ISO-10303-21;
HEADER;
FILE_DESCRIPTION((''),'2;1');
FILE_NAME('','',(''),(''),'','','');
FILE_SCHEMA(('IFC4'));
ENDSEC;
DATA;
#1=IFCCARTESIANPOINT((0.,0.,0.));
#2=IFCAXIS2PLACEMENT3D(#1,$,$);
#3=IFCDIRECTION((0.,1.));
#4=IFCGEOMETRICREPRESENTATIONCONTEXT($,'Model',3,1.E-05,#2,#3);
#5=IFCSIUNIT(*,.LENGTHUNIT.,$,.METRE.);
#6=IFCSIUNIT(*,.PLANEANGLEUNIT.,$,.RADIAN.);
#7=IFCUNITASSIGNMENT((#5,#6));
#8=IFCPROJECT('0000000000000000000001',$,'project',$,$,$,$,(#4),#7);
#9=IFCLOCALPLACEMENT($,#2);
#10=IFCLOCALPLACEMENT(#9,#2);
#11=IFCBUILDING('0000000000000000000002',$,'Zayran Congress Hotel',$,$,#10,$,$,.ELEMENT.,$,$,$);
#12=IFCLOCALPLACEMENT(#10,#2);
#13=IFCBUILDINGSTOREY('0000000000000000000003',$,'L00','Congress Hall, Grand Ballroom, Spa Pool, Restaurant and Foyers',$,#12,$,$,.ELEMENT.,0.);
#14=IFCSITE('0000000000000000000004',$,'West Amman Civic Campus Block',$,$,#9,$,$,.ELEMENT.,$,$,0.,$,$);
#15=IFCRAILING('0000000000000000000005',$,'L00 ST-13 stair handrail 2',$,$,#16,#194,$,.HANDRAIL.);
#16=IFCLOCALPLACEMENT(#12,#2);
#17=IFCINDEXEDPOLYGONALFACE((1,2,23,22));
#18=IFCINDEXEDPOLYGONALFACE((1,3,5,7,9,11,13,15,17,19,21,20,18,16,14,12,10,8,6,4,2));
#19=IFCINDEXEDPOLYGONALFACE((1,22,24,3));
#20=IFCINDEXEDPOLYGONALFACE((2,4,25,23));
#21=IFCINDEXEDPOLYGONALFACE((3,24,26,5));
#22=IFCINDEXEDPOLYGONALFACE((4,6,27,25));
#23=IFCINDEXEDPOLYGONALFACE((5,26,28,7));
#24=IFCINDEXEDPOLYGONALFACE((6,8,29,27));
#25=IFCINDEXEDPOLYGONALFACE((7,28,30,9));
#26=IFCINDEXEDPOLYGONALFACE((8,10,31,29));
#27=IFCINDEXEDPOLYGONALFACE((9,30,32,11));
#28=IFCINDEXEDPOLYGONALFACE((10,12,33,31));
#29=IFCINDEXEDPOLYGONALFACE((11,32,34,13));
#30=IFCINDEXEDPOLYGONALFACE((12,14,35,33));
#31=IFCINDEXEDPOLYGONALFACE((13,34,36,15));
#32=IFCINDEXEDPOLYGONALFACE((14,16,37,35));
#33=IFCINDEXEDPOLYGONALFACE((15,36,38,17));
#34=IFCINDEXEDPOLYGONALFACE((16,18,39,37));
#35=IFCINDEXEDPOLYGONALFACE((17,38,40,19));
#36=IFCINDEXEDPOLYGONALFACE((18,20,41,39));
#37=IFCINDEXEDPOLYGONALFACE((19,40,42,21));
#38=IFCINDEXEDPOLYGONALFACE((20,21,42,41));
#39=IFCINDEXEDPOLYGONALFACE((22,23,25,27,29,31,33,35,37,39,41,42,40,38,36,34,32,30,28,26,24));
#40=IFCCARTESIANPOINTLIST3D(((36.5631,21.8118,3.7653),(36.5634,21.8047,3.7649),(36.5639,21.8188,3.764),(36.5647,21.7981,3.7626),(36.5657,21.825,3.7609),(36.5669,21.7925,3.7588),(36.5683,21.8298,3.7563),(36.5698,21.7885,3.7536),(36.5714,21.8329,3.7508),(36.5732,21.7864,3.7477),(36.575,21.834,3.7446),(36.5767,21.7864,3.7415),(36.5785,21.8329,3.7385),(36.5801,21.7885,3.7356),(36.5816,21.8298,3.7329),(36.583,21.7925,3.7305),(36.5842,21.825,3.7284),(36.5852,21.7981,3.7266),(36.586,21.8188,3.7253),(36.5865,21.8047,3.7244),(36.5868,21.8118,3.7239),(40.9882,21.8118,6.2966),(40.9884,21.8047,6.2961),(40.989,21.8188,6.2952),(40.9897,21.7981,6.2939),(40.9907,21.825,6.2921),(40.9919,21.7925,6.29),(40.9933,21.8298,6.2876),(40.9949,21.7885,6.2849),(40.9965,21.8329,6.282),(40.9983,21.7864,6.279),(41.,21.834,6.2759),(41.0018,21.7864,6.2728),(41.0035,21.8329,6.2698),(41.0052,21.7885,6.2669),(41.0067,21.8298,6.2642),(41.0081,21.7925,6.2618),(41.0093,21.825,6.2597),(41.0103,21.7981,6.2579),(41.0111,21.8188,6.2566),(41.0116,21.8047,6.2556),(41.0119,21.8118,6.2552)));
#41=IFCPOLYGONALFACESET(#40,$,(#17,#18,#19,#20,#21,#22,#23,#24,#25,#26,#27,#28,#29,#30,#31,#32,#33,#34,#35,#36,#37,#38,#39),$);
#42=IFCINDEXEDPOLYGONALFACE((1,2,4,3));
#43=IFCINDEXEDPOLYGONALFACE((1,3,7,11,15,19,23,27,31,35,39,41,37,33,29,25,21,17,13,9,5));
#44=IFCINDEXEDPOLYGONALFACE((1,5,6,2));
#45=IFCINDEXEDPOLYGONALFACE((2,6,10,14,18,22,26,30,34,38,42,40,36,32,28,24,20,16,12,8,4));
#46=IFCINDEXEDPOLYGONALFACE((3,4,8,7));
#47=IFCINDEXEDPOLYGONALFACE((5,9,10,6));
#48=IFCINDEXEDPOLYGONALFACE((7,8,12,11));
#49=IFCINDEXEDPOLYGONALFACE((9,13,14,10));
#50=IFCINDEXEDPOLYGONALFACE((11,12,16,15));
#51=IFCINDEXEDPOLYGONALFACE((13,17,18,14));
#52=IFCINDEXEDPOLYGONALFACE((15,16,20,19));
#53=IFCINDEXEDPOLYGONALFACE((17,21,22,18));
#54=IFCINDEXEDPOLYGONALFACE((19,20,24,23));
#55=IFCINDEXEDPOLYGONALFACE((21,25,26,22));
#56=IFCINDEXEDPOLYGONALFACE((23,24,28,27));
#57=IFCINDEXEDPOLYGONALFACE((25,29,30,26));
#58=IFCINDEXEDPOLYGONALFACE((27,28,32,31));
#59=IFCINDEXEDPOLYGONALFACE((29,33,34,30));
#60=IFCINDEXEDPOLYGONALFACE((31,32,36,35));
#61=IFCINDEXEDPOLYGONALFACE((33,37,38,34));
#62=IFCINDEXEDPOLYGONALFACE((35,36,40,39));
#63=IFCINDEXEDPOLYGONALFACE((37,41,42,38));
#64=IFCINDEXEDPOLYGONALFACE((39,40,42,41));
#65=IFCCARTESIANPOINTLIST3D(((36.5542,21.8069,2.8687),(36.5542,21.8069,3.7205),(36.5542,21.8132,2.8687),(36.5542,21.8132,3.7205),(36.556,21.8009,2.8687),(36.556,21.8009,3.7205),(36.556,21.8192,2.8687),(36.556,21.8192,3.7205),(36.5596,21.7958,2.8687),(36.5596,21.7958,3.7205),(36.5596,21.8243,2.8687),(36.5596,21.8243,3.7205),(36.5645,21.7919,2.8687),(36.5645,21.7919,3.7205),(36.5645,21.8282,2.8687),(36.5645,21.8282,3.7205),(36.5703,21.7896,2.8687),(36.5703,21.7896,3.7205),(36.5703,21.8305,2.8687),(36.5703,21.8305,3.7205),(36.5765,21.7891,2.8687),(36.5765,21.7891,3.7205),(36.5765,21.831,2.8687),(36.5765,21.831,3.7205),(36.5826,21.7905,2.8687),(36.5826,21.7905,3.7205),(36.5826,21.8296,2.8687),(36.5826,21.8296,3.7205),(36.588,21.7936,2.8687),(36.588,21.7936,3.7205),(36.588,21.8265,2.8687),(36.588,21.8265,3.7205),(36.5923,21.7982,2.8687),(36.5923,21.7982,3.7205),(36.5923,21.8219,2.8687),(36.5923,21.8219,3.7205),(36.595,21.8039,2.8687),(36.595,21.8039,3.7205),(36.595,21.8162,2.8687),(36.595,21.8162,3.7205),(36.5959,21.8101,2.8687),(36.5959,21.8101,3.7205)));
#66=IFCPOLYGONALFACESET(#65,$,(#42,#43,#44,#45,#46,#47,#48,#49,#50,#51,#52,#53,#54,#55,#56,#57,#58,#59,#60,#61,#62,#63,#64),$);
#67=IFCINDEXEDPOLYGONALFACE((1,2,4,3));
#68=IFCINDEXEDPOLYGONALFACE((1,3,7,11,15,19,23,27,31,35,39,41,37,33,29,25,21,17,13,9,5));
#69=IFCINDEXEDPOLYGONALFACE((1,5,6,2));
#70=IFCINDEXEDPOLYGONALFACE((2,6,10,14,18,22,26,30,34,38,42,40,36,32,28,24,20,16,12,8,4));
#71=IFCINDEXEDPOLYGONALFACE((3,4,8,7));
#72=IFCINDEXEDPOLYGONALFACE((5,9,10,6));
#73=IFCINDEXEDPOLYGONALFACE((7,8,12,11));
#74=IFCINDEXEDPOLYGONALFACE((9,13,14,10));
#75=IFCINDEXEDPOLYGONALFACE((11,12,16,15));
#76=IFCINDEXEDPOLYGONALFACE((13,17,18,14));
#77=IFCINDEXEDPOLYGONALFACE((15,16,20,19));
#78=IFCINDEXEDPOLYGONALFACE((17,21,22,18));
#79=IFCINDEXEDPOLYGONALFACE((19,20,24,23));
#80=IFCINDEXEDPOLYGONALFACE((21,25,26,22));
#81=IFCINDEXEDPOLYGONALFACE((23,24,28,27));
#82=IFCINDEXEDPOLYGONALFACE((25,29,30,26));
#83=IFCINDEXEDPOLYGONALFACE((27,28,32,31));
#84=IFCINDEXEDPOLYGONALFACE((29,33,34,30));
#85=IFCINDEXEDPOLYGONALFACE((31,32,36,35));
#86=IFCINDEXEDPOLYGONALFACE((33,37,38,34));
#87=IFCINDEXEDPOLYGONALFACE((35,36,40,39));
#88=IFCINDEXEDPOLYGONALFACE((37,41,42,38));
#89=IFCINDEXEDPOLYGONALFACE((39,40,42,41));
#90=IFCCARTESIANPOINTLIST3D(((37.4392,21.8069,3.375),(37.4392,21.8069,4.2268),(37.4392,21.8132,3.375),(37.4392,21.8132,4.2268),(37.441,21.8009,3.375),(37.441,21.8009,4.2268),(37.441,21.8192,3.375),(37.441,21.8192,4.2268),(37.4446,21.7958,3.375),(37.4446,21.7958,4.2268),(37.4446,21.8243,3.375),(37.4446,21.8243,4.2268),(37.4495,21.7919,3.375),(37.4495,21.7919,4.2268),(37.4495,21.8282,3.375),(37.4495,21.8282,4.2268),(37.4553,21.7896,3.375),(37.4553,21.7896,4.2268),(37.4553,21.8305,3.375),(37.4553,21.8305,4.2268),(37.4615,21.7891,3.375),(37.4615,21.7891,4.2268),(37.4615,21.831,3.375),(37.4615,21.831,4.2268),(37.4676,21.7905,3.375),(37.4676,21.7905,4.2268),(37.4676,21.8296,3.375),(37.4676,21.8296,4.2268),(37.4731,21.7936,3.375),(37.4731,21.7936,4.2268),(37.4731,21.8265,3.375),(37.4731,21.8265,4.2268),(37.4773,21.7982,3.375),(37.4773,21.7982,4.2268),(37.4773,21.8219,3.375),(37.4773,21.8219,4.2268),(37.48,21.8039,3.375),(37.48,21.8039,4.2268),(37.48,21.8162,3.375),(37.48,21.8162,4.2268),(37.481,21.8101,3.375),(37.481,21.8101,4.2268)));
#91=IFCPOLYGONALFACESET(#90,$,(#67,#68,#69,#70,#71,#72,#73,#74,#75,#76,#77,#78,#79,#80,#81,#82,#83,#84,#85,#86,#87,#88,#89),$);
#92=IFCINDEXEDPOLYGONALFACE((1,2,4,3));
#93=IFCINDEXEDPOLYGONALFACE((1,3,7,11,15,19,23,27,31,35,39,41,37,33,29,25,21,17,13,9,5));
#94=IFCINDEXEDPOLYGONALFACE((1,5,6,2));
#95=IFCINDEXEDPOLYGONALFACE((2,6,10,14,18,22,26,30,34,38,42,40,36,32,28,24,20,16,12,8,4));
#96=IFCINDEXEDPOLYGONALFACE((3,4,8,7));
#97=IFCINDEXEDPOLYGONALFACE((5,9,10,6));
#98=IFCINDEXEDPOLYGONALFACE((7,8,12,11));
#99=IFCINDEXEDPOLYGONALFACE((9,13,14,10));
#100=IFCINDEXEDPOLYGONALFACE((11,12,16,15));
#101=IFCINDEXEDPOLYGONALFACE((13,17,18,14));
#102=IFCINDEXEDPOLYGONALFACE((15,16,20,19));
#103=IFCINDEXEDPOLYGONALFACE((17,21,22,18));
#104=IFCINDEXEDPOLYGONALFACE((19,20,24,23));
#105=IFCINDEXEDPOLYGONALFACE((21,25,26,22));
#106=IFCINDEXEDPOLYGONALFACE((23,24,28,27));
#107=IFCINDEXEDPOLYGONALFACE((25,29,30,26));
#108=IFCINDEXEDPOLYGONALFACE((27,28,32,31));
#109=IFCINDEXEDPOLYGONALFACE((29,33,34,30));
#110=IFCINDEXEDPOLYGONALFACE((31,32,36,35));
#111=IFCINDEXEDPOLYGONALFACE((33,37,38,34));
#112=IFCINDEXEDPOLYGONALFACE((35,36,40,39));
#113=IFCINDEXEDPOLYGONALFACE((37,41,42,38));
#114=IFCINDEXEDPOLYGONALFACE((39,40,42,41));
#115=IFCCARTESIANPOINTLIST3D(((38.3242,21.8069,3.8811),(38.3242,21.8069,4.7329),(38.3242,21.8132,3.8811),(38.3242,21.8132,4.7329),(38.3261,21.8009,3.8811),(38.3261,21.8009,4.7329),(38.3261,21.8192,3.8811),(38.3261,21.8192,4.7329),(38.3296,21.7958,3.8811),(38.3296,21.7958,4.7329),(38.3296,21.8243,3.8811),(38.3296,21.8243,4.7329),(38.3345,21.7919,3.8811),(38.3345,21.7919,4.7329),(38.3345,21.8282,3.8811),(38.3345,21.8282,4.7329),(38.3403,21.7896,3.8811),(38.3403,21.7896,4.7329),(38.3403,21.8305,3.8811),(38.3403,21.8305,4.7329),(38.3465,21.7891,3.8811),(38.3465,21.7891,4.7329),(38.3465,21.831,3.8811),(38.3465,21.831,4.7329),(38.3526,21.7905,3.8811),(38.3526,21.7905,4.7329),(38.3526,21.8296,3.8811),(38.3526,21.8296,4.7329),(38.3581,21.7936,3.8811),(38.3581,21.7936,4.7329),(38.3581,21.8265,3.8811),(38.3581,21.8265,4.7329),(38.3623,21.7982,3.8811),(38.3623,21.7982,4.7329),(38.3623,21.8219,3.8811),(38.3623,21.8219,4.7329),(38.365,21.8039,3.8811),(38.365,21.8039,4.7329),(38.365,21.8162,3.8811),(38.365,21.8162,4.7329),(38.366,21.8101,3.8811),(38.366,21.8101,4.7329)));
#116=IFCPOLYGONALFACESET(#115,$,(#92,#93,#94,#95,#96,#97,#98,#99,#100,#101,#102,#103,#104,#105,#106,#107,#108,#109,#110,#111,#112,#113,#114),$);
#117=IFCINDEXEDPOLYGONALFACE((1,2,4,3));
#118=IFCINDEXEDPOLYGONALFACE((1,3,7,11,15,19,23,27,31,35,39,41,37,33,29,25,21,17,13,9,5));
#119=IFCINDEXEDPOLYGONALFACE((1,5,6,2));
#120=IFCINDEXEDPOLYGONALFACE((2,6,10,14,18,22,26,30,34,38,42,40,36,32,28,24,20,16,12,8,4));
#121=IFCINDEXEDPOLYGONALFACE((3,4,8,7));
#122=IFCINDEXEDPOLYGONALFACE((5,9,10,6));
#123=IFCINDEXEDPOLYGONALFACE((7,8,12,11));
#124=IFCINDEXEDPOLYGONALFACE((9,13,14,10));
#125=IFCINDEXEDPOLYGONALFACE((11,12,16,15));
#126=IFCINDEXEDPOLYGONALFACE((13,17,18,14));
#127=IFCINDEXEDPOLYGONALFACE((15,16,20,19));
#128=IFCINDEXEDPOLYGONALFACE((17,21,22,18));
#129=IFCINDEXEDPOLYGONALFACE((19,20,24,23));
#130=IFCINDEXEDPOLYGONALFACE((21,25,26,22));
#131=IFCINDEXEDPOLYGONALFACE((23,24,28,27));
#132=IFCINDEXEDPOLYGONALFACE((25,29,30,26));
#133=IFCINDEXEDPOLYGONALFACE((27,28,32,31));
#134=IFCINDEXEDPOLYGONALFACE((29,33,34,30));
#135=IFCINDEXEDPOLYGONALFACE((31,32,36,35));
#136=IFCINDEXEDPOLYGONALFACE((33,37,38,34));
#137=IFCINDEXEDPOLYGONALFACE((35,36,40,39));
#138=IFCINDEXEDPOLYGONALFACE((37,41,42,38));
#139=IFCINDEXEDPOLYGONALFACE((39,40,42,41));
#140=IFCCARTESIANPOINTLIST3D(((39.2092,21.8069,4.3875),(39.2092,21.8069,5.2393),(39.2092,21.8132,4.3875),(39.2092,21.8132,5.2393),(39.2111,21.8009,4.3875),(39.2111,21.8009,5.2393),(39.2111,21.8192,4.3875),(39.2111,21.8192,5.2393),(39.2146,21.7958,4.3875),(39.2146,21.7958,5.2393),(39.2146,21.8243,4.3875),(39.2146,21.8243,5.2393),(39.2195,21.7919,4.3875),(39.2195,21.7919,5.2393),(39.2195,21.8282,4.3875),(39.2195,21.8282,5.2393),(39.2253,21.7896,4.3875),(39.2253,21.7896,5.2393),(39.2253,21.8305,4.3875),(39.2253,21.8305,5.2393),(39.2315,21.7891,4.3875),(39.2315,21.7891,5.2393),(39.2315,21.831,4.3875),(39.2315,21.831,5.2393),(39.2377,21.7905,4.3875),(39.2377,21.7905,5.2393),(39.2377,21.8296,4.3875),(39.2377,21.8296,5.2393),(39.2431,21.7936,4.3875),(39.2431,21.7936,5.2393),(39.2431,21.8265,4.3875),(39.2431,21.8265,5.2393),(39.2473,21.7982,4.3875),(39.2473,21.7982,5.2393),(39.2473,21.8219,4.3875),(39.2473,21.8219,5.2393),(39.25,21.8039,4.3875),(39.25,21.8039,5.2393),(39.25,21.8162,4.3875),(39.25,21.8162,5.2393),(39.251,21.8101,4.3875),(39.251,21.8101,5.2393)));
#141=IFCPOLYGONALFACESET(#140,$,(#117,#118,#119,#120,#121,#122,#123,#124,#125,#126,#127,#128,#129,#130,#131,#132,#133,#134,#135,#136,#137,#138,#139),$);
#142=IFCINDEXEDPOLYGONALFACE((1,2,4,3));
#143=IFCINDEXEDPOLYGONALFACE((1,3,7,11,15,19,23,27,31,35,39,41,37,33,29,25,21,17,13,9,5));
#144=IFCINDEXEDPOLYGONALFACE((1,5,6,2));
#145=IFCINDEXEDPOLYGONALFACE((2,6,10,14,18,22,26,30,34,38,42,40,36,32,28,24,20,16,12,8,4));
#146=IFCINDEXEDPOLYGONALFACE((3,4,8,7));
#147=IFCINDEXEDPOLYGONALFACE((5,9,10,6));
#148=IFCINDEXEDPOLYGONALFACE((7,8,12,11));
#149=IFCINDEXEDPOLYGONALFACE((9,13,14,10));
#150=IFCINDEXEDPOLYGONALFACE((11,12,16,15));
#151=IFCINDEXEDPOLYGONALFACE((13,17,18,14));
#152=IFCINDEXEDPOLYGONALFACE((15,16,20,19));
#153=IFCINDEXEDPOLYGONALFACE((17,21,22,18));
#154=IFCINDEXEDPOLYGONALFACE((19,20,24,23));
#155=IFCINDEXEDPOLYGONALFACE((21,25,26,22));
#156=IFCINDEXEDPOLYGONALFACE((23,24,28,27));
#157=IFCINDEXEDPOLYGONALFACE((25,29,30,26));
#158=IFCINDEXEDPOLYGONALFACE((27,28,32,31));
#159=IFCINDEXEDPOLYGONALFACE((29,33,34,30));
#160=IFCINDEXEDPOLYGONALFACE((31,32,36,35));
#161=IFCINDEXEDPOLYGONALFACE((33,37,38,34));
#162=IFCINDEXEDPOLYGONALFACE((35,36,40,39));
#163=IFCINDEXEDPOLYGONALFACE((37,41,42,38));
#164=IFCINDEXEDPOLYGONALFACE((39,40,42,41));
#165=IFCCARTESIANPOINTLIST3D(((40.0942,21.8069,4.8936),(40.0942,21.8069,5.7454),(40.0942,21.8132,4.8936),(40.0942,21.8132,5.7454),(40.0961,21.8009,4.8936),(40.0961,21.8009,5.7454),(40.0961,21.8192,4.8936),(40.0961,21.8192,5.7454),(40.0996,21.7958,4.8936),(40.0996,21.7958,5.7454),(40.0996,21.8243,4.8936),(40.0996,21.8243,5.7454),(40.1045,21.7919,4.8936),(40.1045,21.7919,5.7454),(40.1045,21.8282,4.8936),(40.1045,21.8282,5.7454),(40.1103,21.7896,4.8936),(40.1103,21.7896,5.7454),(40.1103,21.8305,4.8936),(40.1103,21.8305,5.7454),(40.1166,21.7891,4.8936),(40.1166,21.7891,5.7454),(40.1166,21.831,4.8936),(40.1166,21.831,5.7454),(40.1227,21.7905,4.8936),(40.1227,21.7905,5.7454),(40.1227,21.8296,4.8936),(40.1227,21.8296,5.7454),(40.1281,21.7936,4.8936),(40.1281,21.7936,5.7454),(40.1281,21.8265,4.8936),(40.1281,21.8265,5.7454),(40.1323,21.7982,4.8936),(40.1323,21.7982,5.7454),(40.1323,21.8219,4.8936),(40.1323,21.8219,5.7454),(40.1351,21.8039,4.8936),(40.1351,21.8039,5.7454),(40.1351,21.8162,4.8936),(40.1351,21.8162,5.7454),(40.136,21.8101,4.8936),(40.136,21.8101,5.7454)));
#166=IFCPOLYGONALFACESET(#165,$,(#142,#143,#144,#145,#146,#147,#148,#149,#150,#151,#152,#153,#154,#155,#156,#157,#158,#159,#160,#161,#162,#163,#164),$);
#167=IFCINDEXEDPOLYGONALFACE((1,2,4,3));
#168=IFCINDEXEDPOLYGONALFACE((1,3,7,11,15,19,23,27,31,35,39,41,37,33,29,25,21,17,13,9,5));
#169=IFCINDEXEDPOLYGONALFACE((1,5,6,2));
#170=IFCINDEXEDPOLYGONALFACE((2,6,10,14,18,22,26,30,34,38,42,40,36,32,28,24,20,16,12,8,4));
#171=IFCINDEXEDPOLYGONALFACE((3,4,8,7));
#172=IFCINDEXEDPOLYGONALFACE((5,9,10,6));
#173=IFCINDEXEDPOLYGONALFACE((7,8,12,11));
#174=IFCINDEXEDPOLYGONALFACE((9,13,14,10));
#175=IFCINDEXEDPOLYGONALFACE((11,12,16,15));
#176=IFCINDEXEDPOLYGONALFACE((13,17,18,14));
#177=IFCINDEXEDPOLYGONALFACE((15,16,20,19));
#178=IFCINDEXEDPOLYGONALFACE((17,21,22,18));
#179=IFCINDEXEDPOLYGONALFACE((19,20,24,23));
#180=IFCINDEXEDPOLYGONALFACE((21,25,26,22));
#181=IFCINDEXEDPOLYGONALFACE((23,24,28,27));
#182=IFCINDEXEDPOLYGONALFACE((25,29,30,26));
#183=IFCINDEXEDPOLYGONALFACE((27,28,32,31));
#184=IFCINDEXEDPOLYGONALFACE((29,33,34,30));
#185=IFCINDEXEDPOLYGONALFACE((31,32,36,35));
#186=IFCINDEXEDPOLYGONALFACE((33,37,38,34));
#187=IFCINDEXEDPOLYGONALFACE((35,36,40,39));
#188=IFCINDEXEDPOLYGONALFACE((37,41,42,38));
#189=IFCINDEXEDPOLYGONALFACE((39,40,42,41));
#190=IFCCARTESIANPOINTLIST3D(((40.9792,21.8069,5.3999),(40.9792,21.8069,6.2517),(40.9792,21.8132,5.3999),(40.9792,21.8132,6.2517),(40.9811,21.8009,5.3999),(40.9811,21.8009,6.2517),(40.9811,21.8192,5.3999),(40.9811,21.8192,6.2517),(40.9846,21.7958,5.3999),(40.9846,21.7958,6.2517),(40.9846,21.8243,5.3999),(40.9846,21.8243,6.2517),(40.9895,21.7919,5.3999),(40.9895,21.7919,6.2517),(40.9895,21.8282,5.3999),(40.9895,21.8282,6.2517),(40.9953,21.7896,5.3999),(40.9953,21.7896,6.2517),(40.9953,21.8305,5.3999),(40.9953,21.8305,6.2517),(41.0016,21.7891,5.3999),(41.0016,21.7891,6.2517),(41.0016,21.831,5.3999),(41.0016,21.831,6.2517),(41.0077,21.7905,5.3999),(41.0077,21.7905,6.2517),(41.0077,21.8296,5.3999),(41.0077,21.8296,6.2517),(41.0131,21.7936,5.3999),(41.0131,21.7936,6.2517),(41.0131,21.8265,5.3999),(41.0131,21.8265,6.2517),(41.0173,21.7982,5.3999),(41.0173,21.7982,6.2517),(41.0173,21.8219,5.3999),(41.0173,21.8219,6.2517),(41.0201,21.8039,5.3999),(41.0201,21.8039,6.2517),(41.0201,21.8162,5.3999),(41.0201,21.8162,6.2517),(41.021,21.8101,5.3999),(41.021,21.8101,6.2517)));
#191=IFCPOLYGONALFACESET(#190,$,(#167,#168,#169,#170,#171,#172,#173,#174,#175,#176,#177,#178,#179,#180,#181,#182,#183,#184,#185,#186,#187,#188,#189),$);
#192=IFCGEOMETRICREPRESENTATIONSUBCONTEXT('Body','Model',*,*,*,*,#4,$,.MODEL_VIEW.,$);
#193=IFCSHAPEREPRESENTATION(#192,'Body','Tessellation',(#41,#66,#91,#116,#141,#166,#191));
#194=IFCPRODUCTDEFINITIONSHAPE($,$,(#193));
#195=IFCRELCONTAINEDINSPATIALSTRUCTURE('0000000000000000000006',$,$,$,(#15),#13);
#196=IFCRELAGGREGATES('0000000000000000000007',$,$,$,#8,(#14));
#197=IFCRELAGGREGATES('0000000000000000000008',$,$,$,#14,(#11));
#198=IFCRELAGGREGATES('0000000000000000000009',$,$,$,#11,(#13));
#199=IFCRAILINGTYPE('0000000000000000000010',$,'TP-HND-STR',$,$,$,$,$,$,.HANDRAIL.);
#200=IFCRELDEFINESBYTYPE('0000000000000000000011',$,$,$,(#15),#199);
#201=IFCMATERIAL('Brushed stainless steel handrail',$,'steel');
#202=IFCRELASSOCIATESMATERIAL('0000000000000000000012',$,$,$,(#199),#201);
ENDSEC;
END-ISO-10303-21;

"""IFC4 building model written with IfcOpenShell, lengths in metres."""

from ifc_helpers import new_model, si_unit, direction, frame, origin, origin_2d, place, context, subcontext, project, spatial, circle, extrude, material, type_object, element, save


model = new_model("IFC4")

# Units and contexts
model_context = context("Model", 3, precision=1e-05, world=origin(), true_north=direction((0.0, 1.0)))
body_context = subcontext(model_context, "Body", "Model", "MODEL_VIEW")
ifc_project = project(units=[si_unit("LENGTHUNIT", "METRE"), si_unit("PLANEANGLEUNIT", "RADIAN")], contexts=[model_context])

# Site, building, storey
site_placement = place(None, origin())
site = spatial("IfcSite", under=ifc_project, at=site_placement, Name="West Amman Civic Campus Block", CompositionType="ELEMENT", RefElevation=0.0)
building_placement = place(site_placement, origin())
building = spatial("IfcBuilding", under=site, at=building_placement, Name="Zayran Congress Hotel", CompositionType="ELEMENT")
storey_placement = place(building_placement, origin())
storey = spatial("IfcBuildingStorey", under=building, at=storey_placement, Name="L00", Description="Congress Hall, Grand Ballroom, Spa Pool, Restaurant and Foyers", CompositionType="ELEMENT", Elevation=0.0)

# Railing
ifc_material_1 = material(Name="Brushed stainless steel handrail", Category="steel")
railing_type_1 = type_object("IfcRailingType", Name="TP-HND-STR", PredefinedType="HANDRAIL", material=ifc_material_1)
railing_1_placement = place(storey_placement, frame((36.575, 21.8101, 2.8687)))
element("IfcRailing", 1, at=railing_1_placement, inside=storey, type_object=railing_type_1, Name="L00 ST-13 stair handrail 2", PredefinedType="HANDRAIL", context=body_context, shape_type="SweptSolid", body=[
    extrude(circle(Radius=0.0239, at=origin_2d()), frame((0.0, 0.0, 0.876), z_axis=(0.868019, 0.0, 0.496531), x_axis=(0.0, 1.0, 0.0)), (0.0, 0.0, 1.0), 5.0979),
    extrude(circle(Radius=0.021, at=origin_2d()), origin(), (0.0, 0.0, 1.0), 0.8518),
    extrude(circle(Radius=0.021, at=origin_2d()), frame((0.885, 0.0, 0.5063)), (0.0, 0.0, 1.0), 0.8518),
    extrude(circle(Radius=0.021, at=origin_2d()), frame((1.77, 0.0, 1.0125)), (0.0, 0.0, 1.0), 0.8518),
    extrude(circle(Radius=0.021, at=origin_2d()), frame((2.655, 0.0, 1.5188)), (0.0, 0.0, 1.0), 0.8518),
    extrude(circle(Radius=0.021, at=origin_2d()), frame((3.54, 0.0, 2.0249)), (0.0, 0.0, 1.0), 0.8518),
    extrude(circle(Radius=0.021, at=origin_2d()), frame((4.425, 0.0, 2.5312)), (0.0, 0.0, 1.0), 0.8518),
])

save(model, "model.ifc")
